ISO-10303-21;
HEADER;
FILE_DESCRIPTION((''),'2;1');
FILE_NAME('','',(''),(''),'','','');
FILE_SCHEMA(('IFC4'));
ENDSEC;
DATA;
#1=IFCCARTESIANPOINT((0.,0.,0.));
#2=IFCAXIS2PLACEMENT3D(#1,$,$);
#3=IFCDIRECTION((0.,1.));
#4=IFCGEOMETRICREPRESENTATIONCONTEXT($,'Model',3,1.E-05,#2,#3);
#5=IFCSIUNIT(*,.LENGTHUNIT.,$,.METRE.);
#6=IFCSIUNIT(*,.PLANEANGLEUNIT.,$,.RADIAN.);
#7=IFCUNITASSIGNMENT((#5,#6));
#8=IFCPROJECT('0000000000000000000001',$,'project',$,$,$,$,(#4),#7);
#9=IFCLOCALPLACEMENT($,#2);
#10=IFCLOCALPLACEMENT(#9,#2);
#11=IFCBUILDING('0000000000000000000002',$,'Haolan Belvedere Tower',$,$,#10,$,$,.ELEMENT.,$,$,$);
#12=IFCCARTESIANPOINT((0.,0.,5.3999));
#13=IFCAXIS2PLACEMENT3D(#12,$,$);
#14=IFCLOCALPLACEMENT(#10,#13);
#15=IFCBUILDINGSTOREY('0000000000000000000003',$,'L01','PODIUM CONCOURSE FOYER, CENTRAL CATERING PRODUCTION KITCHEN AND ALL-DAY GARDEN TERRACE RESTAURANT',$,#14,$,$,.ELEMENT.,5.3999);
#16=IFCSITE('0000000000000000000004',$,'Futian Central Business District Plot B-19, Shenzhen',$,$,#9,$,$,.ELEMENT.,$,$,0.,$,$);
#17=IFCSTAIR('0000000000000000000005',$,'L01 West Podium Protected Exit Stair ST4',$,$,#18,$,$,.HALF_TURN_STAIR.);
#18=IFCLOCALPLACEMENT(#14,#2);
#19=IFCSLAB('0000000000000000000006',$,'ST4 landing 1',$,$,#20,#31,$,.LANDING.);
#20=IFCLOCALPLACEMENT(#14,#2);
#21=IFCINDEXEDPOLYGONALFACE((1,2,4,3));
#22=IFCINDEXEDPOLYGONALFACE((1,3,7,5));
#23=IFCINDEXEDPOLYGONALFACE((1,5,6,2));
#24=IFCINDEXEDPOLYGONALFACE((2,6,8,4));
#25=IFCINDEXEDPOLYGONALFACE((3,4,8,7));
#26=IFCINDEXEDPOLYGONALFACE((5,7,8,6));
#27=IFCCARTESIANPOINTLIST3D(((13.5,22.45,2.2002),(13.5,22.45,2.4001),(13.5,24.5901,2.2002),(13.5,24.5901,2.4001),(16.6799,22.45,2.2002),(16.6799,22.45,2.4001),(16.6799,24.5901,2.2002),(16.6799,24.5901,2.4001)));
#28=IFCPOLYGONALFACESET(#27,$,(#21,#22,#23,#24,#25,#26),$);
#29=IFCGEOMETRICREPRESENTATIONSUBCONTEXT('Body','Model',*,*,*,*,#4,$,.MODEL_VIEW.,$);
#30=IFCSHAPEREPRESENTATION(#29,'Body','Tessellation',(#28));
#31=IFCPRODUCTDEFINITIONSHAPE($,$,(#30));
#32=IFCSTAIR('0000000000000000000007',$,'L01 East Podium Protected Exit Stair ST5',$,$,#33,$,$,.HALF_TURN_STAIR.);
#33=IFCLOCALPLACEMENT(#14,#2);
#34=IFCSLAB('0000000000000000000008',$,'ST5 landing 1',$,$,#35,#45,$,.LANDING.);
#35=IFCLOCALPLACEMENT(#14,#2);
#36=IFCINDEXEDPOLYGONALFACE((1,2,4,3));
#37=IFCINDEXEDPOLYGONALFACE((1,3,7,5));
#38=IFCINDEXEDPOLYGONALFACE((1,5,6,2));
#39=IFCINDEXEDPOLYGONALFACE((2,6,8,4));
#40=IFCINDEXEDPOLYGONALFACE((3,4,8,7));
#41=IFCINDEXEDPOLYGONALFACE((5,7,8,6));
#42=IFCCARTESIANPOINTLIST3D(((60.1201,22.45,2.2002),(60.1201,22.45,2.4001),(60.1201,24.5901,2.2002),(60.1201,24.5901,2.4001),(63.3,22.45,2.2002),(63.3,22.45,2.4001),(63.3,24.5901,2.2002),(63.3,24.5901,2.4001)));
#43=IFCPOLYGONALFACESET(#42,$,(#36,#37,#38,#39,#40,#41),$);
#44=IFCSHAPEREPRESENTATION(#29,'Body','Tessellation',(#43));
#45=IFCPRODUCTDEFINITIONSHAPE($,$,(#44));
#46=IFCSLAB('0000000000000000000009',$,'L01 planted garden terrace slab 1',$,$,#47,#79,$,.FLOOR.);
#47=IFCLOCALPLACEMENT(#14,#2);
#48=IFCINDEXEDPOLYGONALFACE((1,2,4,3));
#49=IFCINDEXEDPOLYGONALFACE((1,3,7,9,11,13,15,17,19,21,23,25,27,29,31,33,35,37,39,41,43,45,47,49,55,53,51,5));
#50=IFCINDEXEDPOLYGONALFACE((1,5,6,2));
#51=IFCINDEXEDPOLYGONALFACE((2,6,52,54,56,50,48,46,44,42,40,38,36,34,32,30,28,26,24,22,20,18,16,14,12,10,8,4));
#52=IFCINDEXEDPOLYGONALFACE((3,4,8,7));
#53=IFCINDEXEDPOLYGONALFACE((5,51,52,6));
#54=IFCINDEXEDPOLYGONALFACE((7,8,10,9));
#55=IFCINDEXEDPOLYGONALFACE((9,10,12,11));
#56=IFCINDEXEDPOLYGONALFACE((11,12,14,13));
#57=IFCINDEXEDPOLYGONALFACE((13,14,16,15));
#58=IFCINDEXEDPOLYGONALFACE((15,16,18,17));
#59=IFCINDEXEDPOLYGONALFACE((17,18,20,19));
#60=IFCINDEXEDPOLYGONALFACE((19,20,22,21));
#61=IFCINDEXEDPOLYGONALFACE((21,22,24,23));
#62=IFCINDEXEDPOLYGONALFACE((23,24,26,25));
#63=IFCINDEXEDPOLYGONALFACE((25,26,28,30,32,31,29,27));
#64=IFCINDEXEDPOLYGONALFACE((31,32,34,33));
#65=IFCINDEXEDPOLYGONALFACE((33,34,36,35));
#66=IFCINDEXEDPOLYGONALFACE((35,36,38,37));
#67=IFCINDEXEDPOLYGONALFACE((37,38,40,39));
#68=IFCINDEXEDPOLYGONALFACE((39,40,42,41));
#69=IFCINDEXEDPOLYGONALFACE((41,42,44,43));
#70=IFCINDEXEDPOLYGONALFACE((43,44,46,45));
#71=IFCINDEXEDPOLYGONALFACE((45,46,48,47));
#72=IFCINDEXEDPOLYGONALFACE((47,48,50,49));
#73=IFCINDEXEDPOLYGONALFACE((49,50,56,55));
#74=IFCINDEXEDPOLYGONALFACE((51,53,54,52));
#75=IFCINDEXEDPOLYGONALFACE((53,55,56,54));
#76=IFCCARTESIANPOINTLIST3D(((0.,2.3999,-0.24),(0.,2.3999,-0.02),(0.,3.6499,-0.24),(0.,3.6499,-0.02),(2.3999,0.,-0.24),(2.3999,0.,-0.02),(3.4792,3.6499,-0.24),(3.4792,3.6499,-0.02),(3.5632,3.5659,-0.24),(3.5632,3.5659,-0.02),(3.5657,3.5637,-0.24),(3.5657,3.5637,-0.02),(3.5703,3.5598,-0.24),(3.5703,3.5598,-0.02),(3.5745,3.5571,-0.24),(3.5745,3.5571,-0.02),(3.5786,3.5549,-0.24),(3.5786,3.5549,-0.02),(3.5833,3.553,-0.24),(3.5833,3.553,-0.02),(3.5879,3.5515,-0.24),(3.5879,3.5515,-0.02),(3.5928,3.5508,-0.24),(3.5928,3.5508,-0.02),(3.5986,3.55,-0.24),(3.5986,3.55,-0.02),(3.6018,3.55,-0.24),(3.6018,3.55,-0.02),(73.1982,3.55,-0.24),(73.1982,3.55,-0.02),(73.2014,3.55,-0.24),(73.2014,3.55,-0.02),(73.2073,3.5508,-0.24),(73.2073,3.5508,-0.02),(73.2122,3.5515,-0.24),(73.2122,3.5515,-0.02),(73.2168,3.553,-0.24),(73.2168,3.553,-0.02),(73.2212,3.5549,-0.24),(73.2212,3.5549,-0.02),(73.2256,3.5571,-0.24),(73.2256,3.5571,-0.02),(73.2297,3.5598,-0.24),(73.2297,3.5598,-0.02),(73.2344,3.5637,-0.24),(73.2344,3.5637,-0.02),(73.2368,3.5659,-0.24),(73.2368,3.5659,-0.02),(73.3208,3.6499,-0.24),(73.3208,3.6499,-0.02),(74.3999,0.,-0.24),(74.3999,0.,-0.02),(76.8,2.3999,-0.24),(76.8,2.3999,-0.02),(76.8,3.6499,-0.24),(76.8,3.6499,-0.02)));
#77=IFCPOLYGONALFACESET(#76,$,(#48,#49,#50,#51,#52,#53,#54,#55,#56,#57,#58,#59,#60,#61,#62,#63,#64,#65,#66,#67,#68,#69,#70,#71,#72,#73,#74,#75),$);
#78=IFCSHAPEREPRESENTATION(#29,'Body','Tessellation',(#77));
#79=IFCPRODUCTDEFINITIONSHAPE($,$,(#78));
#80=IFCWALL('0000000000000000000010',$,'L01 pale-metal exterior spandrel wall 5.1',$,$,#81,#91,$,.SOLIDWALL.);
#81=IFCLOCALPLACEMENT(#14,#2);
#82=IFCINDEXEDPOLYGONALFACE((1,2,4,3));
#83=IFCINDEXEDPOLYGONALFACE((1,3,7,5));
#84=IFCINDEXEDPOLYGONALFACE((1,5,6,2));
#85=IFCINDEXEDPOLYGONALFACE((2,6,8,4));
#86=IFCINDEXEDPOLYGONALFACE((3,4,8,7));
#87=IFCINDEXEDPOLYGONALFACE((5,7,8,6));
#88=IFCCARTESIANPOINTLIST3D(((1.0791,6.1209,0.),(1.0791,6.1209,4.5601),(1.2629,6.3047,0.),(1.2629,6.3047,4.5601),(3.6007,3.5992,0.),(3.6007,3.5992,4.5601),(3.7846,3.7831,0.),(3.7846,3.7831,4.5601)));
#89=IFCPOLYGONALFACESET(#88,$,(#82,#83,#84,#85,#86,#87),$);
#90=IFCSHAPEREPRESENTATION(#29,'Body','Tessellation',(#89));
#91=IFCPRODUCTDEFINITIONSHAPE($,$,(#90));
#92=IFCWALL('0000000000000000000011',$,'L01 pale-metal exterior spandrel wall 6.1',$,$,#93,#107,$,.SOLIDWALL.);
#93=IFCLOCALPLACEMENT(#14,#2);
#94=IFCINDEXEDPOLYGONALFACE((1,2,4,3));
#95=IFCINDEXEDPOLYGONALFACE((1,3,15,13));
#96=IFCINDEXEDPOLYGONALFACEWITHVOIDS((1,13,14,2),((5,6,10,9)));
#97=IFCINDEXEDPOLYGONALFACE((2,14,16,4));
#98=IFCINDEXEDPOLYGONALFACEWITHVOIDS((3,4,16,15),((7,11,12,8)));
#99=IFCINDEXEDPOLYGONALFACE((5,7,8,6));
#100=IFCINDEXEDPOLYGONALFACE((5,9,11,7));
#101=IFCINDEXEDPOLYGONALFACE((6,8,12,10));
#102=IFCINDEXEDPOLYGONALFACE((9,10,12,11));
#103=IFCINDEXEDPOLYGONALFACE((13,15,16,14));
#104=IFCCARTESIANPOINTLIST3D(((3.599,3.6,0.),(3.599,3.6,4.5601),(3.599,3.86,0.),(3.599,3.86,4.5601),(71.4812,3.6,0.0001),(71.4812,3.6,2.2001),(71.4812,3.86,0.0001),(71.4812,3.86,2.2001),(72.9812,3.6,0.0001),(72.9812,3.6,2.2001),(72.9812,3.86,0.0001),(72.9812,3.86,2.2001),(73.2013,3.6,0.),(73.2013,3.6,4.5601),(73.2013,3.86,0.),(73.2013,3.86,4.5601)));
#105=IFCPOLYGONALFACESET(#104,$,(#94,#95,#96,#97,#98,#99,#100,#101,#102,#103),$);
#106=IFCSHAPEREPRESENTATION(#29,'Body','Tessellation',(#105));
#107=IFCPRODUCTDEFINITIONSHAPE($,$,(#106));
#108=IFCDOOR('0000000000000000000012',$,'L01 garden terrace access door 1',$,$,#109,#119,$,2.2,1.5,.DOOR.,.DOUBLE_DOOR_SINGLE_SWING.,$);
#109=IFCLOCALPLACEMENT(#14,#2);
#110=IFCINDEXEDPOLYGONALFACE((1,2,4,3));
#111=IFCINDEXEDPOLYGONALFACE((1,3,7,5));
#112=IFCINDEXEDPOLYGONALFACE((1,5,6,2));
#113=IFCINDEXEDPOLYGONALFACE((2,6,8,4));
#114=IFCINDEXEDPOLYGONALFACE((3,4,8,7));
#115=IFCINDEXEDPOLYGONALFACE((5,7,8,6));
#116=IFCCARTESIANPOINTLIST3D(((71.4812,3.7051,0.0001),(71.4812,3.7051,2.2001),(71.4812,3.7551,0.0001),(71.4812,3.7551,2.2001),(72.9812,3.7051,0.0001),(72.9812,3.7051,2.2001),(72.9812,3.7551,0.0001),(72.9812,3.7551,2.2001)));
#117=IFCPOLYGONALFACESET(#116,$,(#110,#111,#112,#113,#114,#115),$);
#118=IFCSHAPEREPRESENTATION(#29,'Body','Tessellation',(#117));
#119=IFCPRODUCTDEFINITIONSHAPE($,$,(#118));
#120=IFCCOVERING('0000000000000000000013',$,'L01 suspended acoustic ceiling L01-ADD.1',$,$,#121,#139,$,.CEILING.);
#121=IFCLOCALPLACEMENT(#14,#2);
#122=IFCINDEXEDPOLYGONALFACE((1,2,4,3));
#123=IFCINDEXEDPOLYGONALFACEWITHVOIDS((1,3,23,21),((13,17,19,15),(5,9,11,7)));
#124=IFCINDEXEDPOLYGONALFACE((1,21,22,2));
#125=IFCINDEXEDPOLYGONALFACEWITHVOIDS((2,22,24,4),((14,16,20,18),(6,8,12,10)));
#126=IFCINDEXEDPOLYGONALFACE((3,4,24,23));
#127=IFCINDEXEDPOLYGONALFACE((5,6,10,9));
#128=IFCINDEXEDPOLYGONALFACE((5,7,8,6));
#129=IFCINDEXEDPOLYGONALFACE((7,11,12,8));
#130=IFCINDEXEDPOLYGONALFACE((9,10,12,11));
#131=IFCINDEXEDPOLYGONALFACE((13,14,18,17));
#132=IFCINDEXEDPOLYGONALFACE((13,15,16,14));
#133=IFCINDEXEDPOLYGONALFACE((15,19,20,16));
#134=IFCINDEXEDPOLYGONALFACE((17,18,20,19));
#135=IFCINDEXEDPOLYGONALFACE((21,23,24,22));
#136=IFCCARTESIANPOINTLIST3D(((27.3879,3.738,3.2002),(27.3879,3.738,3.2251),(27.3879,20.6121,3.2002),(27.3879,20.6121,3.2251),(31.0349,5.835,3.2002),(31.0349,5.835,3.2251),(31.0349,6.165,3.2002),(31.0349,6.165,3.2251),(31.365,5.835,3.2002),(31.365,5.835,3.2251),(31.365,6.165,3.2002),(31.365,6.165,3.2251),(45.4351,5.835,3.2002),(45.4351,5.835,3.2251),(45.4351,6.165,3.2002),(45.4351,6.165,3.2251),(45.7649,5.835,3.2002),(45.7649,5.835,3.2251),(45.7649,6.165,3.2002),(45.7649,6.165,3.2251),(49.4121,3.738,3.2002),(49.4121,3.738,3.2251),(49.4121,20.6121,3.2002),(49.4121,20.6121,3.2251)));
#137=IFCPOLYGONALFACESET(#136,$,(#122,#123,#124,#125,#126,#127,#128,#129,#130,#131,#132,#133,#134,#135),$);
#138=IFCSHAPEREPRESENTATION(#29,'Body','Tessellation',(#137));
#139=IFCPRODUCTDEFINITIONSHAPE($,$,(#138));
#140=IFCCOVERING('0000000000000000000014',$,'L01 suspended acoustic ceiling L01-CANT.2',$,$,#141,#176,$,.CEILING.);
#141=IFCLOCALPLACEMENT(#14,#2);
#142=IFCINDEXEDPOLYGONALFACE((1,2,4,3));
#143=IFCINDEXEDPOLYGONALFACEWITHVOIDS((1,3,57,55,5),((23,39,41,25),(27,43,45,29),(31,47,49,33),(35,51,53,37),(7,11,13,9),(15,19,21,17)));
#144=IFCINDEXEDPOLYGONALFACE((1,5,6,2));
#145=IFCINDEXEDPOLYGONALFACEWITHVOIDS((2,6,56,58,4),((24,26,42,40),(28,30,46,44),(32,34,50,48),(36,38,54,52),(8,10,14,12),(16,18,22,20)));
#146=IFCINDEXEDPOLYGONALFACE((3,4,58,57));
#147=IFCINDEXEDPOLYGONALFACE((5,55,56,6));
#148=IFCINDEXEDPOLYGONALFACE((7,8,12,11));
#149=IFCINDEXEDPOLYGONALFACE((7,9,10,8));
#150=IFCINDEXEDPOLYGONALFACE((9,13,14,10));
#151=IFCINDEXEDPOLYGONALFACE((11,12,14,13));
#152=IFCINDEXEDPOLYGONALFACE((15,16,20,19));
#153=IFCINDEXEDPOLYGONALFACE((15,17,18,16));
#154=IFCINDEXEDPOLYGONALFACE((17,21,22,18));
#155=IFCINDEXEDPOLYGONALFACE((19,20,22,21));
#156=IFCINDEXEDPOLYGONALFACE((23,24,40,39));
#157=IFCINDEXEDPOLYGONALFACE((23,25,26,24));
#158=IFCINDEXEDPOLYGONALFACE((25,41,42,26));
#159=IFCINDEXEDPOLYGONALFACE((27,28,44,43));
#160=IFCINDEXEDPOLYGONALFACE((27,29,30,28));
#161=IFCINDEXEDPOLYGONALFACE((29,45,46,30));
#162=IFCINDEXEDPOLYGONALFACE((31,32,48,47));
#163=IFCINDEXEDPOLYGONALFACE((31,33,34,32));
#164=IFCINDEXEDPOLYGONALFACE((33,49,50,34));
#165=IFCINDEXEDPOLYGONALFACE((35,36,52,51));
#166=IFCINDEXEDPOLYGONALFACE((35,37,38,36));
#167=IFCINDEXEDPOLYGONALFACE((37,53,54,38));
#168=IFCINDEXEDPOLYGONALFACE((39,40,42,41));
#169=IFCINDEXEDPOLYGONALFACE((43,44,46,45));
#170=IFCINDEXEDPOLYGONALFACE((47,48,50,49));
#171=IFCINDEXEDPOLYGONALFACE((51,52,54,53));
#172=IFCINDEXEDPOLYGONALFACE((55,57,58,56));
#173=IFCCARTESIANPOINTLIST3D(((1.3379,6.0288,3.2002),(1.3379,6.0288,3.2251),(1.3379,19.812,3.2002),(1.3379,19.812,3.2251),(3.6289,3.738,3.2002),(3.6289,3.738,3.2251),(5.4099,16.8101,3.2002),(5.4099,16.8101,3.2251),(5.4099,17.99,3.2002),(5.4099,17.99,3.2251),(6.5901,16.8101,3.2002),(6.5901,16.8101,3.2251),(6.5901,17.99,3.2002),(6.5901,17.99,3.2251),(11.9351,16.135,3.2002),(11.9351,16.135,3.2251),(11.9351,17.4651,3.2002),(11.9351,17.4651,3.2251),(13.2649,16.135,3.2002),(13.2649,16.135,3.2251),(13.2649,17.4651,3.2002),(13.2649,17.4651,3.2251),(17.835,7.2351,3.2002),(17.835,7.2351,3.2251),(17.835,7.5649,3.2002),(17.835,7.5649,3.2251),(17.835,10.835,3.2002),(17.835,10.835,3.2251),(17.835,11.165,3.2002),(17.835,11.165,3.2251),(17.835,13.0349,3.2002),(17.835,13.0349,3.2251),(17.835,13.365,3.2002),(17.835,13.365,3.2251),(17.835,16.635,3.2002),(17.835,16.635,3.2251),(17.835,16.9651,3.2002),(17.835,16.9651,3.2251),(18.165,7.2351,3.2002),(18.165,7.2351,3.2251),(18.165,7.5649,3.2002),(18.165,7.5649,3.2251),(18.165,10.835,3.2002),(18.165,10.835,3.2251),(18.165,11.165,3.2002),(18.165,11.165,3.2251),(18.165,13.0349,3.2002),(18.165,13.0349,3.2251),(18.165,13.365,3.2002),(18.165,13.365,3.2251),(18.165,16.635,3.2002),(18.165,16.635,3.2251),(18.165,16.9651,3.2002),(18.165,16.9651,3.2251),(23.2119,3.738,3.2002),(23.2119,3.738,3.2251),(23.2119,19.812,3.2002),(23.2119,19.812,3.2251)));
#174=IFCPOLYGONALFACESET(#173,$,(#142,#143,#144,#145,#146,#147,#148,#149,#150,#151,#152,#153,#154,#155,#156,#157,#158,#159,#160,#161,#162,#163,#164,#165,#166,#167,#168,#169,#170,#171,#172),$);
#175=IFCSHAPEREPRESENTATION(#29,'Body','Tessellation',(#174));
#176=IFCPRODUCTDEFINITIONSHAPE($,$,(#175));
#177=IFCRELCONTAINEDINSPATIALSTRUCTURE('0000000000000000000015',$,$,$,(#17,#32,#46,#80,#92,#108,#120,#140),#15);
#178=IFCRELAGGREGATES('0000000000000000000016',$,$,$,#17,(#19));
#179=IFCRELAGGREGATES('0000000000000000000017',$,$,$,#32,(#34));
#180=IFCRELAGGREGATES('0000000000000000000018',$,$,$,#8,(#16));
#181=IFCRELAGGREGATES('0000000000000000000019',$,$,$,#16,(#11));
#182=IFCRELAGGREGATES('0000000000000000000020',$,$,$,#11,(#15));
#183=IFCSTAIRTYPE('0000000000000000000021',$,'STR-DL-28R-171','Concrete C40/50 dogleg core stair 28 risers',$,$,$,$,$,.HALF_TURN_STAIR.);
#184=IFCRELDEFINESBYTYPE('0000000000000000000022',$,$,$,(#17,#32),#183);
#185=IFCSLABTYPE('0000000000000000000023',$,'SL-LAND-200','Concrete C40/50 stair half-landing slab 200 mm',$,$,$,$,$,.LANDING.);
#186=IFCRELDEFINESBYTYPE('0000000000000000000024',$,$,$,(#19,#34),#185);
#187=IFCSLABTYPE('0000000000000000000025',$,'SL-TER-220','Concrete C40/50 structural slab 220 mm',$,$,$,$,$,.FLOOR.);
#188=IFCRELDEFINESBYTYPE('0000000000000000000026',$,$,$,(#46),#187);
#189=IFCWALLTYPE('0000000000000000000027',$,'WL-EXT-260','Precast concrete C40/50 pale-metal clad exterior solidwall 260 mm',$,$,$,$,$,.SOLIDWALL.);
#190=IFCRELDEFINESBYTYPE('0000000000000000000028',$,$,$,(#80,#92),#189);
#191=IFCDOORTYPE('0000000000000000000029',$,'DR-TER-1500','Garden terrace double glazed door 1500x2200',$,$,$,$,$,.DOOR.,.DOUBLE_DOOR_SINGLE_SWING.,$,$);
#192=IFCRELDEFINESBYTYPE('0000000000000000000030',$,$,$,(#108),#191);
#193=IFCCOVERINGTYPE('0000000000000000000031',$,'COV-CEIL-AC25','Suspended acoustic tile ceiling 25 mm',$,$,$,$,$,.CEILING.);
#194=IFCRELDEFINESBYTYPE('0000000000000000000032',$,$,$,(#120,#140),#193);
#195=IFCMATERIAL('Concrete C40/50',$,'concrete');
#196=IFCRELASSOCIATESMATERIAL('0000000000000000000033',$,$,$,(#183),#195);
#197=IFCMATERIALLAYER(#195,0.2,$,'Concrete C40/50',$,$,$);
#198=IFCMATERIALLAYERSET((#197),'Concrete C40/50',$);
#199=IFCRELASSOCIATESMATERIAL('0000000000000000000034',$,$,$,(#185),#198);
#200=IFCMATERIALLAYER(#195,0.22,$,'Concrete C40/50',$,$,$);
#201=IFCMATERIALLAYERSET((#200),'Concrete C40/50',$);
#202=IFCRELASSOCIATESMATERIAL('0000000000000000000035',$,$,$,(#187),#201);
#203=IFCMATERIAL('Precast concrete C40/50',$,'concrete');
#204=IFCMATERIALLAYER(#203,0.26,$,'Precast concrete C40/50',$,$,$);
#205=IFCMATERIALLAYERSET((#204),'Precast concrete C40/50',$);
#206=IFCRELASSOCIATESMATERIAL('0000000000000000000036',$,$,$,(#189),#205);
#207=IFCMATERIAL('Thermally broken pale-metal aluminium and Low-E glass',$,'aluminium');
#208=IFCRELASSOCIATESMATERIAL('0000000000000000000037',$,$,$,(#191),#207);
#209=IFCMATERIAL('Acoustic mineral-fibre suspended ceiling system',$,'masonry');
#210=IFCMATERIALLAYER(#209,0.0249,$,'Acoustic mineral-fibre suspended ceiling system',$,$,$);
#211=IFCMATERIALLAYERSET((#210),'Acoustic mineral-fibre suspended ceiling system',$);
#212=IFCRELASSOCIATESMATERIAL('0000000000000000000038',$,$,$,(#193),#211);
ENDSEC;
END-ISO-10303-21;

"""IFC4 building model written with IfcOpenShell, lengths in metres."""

from ifc_helpers import new_model, si_unit, direction, frame, frame_2d, origin, place, context, subcontext, project, spatial, polyline, rectangle, outline, extrude, material, layer, layer_set, type_object, element, fill, aggregate, save


model = new_model("IFC4")

# Units and contexts
model_context = context("Model", 3, precision=1e-05, world=origin(), true_north=direction((0.0, 1.0)))
body_context = subcontext(model_context, "Body", "Model", "MODEL_VIEW")
ifc_project = project(units=[si_unit("LENGTHUNIT", "METRE"), si_unit("PLANEANGLEUNIT", "RADIAN")], contexts=[model_context])

# Site, building, storey
site_placement = place(None, origin())
site = spatial("IfcSite", under=ifc_project, at=site_placement, Name="Futian Central Business District Plot B-19, Shenzhen", CompositionType="ELEMENT", RefElevation=0.0)
building_placement = place(site_placement, origin())
building = spatial("IfcBuilding", under=site, at=building_placement, Name="Haolan Belvedere Tower", CompositionType="ELEMENT")
storey_placement = place(building_placement, frame((0.0, 0.0, 5.3999)))
storey = spatial("IfcBuildingStorey", under=building, at=storey_placement, Name="L01", Description="PODIUM CONCOURSE FOYER, CENTRAL CATERING PRODUCTION KITCHEN AND ALL-DAY GARDEN TERRACE RESTAURANT", CompositionType="ELEMENT", Elevation=5.3999)

# Shared definitions
ifc_material_1 = material(Name="Concrete C40/50", Category="concrete")

# Stairs, slabs
stair_type = type_object("IfcStairType", Name="STR-DL-28R-171", Description="Concrete C40/50 dogleg core stair 28 risers", PredefinedType="HALF_TURN_STAIR", material=ifc_material_1)
ifc_layer_1 = layer(ifc_material_1, 0.2, Name="Concrete C40/50")
ifc_layer_set_1 = layer_set([ifc_layer_1], Name="Concrete C40/50")
slab_type_1 = type_object("IfcSlabType", Name="SL-LAND-200", Description="Concrete C40/50 stair half-landing slab 200 mm", PredefinedType="LANDING", material=ifc_layer_set_1)
stair_1_placement = place(storey_placement, origin())
stair_1 = element("IfcStair", 1, at=stair_1_placement, inside=storey, type_object=stair_type, Name="L01 West Podium Protected Exit Stair ST4", PredefinedType="HALF_TURN_STAIR")
slab_1_placement = place(storey_placement, frame((0.0, 0.0, 2.2002)))
slab_1 = element("IfcSlab", 2, at=slab_1_placement, type_object=slab_type_1, Name="ST4 landing 1", PredefinedType="LANDING", context=body_context, shape_type="SweptSolid", body=[
    extrude(outline(polyline([(13.5, 24.5901), (13.5, 22.45), (16.6799, 22.45), (16.6799, 24.5901), (13.5, 24.5901)])), origin(), (0.0, 0.0, 1.0), 0.2),
])
aggregate(stair_1, [slab_1])
stair_2_placement = place(storey_placement, origin())
stair_2 = element("IfcStair", 3, at=stair_2_placement, inside=storey, type_object=stair_type, Name="L01 East Podium Protected Exit Stair ST5", PredefinedType="HALF_TURN_STAIR")
slab_2_placement = place(storey_placement, frame((0.0, 0.0, 2.2002)))
slab_2 = element("IfcSlab", 4, at=slab_2_placement, type_object=slab_type_1, Name="ST5 landing 1", PredefinedType="LANDING", context=body_context, shape_type="SweptSolid", body=[
    extrude(outline(polyline([(60.1201, 24.5901), (60.1201, 22.45), (63.3, 22.45), (63.3, 24.5901), (60.1201, 24.5901)])), origin(), (0.0, 0.0, 1.0), 0.2),
])
aggregate(stair_2, [slab_2])

# Slab
ifc_layer_2 = layer(ifc_material_1, 0.22, Name="Concrete C40/50")
ifc_layer_set_2 = layer_set([ifc_layer_2], Name="Concrete C40/50")
slab_type_2 = type_object("IfcSlabType", Name="SL-TER-220", Description="Concrete C40/50 structural slab 220 mm", PredefinedType="FLOOR", material=ifc_layer_set_2)
slab_3_placement = place(storey_placement, frame((0.0, 0.0, -0.24)))
element("IfcSlab", 5, at=slab_3_placement, inside=storey, type_object=slab_type_2, Name="L01 planted garden terrace slab 1", PredefinedType="FLOOR", context=body_context, shape_type="SweptSolid", body=[
    extrude(outline(polyline([(76.8, 3.6499), (73.3208, 3.6499), (73.2368, 3.5659), (73.2344, 3.5637), (73.2297, 3.5598), (73.2256, 3.5571), (73.2212, 3.5549), (73.2168, 3.553), (73.2122, 3.5515), (73.2073, 3.5508), (73.2014, 3.55), (73.1982, 3.55), (3.6018, 3.55), (3.5986, 3.55), (3.5928, 3.5508), (3.5879, 3.5515), (3.5833, 3.553), (3.5786, 3.5549), (3.5745, 3.5571), (3.5703, 3.5598), (3.5657, 3.5637), (3.5632, 3.5659), (3.4792, 3.6499), (0.0, 3.6499), (0.0, 2.3999), (2.3999, 0.0), (74.3999, 0.0), (76.8, 2.3999), (76.8, 3.6499)])), origin(), (0.0, 0.0, 1.0), 0.22),
])

# Wall
ifc_material_2 = material(Name="Precast concrete C40/50", Category="concrete")
ifc_layer_3 = layer(ifc_material_2, 0.26, Name="Precast concrete C40/50")
ifc_layer_set_3 = layer_set([ifc_layer_3], Name="Precast concrete C40/50")
wall_type = type_object("IfcWallType", Name="WL-EXT-260", Description="Precast concrete C40/50 pale-metal clad exterior solidwall 260 mm", PredefinedType="SOLIDWALL", material=ifc_layer_set_3)
wall_1_placement = place(storey_placement, frame((1.1709, 6.2129, 0.0), z_axis=(0.0, 0.0, 1.0), x_axis=(0.707107, -0.707107, 0.0)))
element("IfcWall", 6, at=wall_1_placement, inside=storey, type_object=wall_type, Name="L01 pale-metal exterior spandrel wall 5.1", PredefinedType="SOLIDWALL", context=body_context, shape_type="SweptSolid", body=[
    extrude(rectangle(XDim=3.5662, YDim=0.26, at=frame_2d((1.7832, 0.0))), origin(), (0.0, 0.0, 1.0), 4.5601),
])

# Wall, opening, door
wall_2_placement = place(storey_placement, frame((3.5989, 3.73, 0.0), z_axis=(0.0, 0.0, 1.0), x_axis=(1.0, 0.0, 0.0)))
wall_2 = element("IfcWall", 7, at=wall_2_placement, inside=storey, type_object=wall_type, Name="L01 pale-metal exterior spandrel wall 6.1", PredefinedType="SOLIDWALL", context=body_context, shape_type="SweptSolid", body=[
    extrude(rectangle(XDim=69.6023, YDim=0.26, at=frame_2d((34.8013, 0.0))), origin(), (0.0, 0.0, 1.0), 4.5601),
])
opening_placement = place(wall_2_placement, frame((69.3823, 0.0, 0.0), z_axis=(0.0, 0.0, 1.0), x_axis=(-1.0, 0.0, 0.0)))
opening = element("IfcOpeningElement", 8, at=opening_placement, cuts=wall_2, PredefinedType="OPENING", context=body_context, shape_type="SweptSolid", body=[
    extrude(rectangle(XDim=1.5, YDim=2.2, at=frame_2d((0.75, 1.1001))), frame((0.0, 0.1399, 0.0), z_axis=(0.0, -1.0, 0.0), x_axis=(1.0, 0.0, 0.0)), (0.0, 0.0, 1.0), 0.28),
])
ifc_material_3 = material(Name="Thermally broken pale-metal aluminium and Low-E glass", Category="aluminium")
door_type = type_object("IfcDoorType", Name="DR-TER-1500", Description="Garden terrace double glazed door 1500x2200", OperationType="DOUBLE_DOOR_SINGLE_SWING", PredefinedType="DOOR", material=ifc_material_3)
door_placement = place(opening_placement, origin())
door = element("IfcDoor", 9, at=door_placement, inside=storey, type_object=door_type, Name="L01 garden terrace access door 1", OperationType="DOUBLE_DOOR_SINGLE_SWING", OverallHeight=2.2, OverallWidth=1.5, PredefinedType="DOOR", context=body_context, shape_type="SweptSolid", body=[
    extrude(rectangle(XDim=1.5, YDim=2.2, at=frame_2d((0.75, 1.1001))), frame((0.0, 0.0249, 0.0), z_axis=(0.0, -1.0, 0.0), x_axis=(1.0, 0.0, 0.0)), (0.0, 0.0, 1.0), 0.05),
])
fill(opening, door)

# Coverings
ifc_material_4 = material(Name="Acoustic mineral-fibre suspended ceiling system", Category="masonry")
ifc_layer_4 = layer(ifc_material_4, 0.0249, Name="Acoustic mineral-fibre suspended ceiling system")
ifc_layer_set_4 = layer_set([ifc_layer_4], Name="Acoustic mineral-fibre suspended ceiling system")
covering_type_1 = type_object("IfcCoveringType", Name="COV-CEIL-AC25", Description="Suspended acoustic tile ceiling 25 mm", PredefinedType="CEILING", material=ifc_layer_set_4)
covering_1_placement = place(storey_placement, frame((0.0, 0.0, 3.2002)))
element("IfcCovering", 10, at=covering_1_placement, inside=storey, type_object=covering_type_1, Name="L01 suspended acoustic ceiling L01-ADD.1", PredefinedType="CEILING", context=body_context, shape_type="SweptSolid", body=[
    extrude(outline(polyline([(49.4121, 3.738), (49.4121, 20.6121), (27.3879, 20.6121), (27.3879, 3.738), (49.4121, 3.738)]), holes=[polyline([(45.4351, 5.835), (45.4351, 6.165), (45.7649, 6.165), (45.7649, 5.835), (45.4351, 5.835)]), polyline([(31.0349, 5.835), (31.0349, 6.165), (31.365, 6.165), (31.365, 5.835), (31.0349, 5.835)])]), origin(), (0.0, 0.0, 1.0), 0.0249),
])
covering_2_placement = place(storey_placement, frame((0.0, 0.0, 3.2002)))
element("IfcCovering", 11, at=covering_2_placement, inside=storey, type_object=covering_type_1, Name="L01 suspended acoustic ceiling L01-CANT.2", PredefinedType="CEILING", context=body_context, shape_type="SweptSolid", body=[
    extrude(outline(polyline([(3.6289, 3.738), (23.2119, 3.738), (23.2119, 19.812), (1.3379, 19.812), (1.3379, 6.0288), (3.6289, 3.738)]), holes=[polyline([(17.835, 7.2351), (17.835, 7.5649), (18.165, 7.5649), (18.165, 7.2351), (17.835, 7.2351)]), polyline([(17.835, 10.835), (17.835, 11.165), (18.165, 11.165), (18.165, 10.835), (17.835, 10.835)]), polyline([(17.835, 13.0349), (17.835, 13.365), (18.165, 13.365), (18.165, 13.0349), (17.835, 13.0349)]), polyline([(17.835, 16.635), (17.835, 16.9651), (18.165, 16.9651), (18.165, 16.635), (17.835, 16.635)]), polyline([(11.9351, 16.135), (11.9351, 17.4651), (13.2649, 17.4651), (13.2649, 16.135), (11.9351, 16.135)]), polyline([(5.4099, 16.8101), (5.4099, 17.99), (6.5901, 17.99), (6.5901, 16.8101), (5.4099, 16.8101)])]), origin(), (0.0, 0.0, 1.0), 0.0249),
])

save(model, "model.ifc")
